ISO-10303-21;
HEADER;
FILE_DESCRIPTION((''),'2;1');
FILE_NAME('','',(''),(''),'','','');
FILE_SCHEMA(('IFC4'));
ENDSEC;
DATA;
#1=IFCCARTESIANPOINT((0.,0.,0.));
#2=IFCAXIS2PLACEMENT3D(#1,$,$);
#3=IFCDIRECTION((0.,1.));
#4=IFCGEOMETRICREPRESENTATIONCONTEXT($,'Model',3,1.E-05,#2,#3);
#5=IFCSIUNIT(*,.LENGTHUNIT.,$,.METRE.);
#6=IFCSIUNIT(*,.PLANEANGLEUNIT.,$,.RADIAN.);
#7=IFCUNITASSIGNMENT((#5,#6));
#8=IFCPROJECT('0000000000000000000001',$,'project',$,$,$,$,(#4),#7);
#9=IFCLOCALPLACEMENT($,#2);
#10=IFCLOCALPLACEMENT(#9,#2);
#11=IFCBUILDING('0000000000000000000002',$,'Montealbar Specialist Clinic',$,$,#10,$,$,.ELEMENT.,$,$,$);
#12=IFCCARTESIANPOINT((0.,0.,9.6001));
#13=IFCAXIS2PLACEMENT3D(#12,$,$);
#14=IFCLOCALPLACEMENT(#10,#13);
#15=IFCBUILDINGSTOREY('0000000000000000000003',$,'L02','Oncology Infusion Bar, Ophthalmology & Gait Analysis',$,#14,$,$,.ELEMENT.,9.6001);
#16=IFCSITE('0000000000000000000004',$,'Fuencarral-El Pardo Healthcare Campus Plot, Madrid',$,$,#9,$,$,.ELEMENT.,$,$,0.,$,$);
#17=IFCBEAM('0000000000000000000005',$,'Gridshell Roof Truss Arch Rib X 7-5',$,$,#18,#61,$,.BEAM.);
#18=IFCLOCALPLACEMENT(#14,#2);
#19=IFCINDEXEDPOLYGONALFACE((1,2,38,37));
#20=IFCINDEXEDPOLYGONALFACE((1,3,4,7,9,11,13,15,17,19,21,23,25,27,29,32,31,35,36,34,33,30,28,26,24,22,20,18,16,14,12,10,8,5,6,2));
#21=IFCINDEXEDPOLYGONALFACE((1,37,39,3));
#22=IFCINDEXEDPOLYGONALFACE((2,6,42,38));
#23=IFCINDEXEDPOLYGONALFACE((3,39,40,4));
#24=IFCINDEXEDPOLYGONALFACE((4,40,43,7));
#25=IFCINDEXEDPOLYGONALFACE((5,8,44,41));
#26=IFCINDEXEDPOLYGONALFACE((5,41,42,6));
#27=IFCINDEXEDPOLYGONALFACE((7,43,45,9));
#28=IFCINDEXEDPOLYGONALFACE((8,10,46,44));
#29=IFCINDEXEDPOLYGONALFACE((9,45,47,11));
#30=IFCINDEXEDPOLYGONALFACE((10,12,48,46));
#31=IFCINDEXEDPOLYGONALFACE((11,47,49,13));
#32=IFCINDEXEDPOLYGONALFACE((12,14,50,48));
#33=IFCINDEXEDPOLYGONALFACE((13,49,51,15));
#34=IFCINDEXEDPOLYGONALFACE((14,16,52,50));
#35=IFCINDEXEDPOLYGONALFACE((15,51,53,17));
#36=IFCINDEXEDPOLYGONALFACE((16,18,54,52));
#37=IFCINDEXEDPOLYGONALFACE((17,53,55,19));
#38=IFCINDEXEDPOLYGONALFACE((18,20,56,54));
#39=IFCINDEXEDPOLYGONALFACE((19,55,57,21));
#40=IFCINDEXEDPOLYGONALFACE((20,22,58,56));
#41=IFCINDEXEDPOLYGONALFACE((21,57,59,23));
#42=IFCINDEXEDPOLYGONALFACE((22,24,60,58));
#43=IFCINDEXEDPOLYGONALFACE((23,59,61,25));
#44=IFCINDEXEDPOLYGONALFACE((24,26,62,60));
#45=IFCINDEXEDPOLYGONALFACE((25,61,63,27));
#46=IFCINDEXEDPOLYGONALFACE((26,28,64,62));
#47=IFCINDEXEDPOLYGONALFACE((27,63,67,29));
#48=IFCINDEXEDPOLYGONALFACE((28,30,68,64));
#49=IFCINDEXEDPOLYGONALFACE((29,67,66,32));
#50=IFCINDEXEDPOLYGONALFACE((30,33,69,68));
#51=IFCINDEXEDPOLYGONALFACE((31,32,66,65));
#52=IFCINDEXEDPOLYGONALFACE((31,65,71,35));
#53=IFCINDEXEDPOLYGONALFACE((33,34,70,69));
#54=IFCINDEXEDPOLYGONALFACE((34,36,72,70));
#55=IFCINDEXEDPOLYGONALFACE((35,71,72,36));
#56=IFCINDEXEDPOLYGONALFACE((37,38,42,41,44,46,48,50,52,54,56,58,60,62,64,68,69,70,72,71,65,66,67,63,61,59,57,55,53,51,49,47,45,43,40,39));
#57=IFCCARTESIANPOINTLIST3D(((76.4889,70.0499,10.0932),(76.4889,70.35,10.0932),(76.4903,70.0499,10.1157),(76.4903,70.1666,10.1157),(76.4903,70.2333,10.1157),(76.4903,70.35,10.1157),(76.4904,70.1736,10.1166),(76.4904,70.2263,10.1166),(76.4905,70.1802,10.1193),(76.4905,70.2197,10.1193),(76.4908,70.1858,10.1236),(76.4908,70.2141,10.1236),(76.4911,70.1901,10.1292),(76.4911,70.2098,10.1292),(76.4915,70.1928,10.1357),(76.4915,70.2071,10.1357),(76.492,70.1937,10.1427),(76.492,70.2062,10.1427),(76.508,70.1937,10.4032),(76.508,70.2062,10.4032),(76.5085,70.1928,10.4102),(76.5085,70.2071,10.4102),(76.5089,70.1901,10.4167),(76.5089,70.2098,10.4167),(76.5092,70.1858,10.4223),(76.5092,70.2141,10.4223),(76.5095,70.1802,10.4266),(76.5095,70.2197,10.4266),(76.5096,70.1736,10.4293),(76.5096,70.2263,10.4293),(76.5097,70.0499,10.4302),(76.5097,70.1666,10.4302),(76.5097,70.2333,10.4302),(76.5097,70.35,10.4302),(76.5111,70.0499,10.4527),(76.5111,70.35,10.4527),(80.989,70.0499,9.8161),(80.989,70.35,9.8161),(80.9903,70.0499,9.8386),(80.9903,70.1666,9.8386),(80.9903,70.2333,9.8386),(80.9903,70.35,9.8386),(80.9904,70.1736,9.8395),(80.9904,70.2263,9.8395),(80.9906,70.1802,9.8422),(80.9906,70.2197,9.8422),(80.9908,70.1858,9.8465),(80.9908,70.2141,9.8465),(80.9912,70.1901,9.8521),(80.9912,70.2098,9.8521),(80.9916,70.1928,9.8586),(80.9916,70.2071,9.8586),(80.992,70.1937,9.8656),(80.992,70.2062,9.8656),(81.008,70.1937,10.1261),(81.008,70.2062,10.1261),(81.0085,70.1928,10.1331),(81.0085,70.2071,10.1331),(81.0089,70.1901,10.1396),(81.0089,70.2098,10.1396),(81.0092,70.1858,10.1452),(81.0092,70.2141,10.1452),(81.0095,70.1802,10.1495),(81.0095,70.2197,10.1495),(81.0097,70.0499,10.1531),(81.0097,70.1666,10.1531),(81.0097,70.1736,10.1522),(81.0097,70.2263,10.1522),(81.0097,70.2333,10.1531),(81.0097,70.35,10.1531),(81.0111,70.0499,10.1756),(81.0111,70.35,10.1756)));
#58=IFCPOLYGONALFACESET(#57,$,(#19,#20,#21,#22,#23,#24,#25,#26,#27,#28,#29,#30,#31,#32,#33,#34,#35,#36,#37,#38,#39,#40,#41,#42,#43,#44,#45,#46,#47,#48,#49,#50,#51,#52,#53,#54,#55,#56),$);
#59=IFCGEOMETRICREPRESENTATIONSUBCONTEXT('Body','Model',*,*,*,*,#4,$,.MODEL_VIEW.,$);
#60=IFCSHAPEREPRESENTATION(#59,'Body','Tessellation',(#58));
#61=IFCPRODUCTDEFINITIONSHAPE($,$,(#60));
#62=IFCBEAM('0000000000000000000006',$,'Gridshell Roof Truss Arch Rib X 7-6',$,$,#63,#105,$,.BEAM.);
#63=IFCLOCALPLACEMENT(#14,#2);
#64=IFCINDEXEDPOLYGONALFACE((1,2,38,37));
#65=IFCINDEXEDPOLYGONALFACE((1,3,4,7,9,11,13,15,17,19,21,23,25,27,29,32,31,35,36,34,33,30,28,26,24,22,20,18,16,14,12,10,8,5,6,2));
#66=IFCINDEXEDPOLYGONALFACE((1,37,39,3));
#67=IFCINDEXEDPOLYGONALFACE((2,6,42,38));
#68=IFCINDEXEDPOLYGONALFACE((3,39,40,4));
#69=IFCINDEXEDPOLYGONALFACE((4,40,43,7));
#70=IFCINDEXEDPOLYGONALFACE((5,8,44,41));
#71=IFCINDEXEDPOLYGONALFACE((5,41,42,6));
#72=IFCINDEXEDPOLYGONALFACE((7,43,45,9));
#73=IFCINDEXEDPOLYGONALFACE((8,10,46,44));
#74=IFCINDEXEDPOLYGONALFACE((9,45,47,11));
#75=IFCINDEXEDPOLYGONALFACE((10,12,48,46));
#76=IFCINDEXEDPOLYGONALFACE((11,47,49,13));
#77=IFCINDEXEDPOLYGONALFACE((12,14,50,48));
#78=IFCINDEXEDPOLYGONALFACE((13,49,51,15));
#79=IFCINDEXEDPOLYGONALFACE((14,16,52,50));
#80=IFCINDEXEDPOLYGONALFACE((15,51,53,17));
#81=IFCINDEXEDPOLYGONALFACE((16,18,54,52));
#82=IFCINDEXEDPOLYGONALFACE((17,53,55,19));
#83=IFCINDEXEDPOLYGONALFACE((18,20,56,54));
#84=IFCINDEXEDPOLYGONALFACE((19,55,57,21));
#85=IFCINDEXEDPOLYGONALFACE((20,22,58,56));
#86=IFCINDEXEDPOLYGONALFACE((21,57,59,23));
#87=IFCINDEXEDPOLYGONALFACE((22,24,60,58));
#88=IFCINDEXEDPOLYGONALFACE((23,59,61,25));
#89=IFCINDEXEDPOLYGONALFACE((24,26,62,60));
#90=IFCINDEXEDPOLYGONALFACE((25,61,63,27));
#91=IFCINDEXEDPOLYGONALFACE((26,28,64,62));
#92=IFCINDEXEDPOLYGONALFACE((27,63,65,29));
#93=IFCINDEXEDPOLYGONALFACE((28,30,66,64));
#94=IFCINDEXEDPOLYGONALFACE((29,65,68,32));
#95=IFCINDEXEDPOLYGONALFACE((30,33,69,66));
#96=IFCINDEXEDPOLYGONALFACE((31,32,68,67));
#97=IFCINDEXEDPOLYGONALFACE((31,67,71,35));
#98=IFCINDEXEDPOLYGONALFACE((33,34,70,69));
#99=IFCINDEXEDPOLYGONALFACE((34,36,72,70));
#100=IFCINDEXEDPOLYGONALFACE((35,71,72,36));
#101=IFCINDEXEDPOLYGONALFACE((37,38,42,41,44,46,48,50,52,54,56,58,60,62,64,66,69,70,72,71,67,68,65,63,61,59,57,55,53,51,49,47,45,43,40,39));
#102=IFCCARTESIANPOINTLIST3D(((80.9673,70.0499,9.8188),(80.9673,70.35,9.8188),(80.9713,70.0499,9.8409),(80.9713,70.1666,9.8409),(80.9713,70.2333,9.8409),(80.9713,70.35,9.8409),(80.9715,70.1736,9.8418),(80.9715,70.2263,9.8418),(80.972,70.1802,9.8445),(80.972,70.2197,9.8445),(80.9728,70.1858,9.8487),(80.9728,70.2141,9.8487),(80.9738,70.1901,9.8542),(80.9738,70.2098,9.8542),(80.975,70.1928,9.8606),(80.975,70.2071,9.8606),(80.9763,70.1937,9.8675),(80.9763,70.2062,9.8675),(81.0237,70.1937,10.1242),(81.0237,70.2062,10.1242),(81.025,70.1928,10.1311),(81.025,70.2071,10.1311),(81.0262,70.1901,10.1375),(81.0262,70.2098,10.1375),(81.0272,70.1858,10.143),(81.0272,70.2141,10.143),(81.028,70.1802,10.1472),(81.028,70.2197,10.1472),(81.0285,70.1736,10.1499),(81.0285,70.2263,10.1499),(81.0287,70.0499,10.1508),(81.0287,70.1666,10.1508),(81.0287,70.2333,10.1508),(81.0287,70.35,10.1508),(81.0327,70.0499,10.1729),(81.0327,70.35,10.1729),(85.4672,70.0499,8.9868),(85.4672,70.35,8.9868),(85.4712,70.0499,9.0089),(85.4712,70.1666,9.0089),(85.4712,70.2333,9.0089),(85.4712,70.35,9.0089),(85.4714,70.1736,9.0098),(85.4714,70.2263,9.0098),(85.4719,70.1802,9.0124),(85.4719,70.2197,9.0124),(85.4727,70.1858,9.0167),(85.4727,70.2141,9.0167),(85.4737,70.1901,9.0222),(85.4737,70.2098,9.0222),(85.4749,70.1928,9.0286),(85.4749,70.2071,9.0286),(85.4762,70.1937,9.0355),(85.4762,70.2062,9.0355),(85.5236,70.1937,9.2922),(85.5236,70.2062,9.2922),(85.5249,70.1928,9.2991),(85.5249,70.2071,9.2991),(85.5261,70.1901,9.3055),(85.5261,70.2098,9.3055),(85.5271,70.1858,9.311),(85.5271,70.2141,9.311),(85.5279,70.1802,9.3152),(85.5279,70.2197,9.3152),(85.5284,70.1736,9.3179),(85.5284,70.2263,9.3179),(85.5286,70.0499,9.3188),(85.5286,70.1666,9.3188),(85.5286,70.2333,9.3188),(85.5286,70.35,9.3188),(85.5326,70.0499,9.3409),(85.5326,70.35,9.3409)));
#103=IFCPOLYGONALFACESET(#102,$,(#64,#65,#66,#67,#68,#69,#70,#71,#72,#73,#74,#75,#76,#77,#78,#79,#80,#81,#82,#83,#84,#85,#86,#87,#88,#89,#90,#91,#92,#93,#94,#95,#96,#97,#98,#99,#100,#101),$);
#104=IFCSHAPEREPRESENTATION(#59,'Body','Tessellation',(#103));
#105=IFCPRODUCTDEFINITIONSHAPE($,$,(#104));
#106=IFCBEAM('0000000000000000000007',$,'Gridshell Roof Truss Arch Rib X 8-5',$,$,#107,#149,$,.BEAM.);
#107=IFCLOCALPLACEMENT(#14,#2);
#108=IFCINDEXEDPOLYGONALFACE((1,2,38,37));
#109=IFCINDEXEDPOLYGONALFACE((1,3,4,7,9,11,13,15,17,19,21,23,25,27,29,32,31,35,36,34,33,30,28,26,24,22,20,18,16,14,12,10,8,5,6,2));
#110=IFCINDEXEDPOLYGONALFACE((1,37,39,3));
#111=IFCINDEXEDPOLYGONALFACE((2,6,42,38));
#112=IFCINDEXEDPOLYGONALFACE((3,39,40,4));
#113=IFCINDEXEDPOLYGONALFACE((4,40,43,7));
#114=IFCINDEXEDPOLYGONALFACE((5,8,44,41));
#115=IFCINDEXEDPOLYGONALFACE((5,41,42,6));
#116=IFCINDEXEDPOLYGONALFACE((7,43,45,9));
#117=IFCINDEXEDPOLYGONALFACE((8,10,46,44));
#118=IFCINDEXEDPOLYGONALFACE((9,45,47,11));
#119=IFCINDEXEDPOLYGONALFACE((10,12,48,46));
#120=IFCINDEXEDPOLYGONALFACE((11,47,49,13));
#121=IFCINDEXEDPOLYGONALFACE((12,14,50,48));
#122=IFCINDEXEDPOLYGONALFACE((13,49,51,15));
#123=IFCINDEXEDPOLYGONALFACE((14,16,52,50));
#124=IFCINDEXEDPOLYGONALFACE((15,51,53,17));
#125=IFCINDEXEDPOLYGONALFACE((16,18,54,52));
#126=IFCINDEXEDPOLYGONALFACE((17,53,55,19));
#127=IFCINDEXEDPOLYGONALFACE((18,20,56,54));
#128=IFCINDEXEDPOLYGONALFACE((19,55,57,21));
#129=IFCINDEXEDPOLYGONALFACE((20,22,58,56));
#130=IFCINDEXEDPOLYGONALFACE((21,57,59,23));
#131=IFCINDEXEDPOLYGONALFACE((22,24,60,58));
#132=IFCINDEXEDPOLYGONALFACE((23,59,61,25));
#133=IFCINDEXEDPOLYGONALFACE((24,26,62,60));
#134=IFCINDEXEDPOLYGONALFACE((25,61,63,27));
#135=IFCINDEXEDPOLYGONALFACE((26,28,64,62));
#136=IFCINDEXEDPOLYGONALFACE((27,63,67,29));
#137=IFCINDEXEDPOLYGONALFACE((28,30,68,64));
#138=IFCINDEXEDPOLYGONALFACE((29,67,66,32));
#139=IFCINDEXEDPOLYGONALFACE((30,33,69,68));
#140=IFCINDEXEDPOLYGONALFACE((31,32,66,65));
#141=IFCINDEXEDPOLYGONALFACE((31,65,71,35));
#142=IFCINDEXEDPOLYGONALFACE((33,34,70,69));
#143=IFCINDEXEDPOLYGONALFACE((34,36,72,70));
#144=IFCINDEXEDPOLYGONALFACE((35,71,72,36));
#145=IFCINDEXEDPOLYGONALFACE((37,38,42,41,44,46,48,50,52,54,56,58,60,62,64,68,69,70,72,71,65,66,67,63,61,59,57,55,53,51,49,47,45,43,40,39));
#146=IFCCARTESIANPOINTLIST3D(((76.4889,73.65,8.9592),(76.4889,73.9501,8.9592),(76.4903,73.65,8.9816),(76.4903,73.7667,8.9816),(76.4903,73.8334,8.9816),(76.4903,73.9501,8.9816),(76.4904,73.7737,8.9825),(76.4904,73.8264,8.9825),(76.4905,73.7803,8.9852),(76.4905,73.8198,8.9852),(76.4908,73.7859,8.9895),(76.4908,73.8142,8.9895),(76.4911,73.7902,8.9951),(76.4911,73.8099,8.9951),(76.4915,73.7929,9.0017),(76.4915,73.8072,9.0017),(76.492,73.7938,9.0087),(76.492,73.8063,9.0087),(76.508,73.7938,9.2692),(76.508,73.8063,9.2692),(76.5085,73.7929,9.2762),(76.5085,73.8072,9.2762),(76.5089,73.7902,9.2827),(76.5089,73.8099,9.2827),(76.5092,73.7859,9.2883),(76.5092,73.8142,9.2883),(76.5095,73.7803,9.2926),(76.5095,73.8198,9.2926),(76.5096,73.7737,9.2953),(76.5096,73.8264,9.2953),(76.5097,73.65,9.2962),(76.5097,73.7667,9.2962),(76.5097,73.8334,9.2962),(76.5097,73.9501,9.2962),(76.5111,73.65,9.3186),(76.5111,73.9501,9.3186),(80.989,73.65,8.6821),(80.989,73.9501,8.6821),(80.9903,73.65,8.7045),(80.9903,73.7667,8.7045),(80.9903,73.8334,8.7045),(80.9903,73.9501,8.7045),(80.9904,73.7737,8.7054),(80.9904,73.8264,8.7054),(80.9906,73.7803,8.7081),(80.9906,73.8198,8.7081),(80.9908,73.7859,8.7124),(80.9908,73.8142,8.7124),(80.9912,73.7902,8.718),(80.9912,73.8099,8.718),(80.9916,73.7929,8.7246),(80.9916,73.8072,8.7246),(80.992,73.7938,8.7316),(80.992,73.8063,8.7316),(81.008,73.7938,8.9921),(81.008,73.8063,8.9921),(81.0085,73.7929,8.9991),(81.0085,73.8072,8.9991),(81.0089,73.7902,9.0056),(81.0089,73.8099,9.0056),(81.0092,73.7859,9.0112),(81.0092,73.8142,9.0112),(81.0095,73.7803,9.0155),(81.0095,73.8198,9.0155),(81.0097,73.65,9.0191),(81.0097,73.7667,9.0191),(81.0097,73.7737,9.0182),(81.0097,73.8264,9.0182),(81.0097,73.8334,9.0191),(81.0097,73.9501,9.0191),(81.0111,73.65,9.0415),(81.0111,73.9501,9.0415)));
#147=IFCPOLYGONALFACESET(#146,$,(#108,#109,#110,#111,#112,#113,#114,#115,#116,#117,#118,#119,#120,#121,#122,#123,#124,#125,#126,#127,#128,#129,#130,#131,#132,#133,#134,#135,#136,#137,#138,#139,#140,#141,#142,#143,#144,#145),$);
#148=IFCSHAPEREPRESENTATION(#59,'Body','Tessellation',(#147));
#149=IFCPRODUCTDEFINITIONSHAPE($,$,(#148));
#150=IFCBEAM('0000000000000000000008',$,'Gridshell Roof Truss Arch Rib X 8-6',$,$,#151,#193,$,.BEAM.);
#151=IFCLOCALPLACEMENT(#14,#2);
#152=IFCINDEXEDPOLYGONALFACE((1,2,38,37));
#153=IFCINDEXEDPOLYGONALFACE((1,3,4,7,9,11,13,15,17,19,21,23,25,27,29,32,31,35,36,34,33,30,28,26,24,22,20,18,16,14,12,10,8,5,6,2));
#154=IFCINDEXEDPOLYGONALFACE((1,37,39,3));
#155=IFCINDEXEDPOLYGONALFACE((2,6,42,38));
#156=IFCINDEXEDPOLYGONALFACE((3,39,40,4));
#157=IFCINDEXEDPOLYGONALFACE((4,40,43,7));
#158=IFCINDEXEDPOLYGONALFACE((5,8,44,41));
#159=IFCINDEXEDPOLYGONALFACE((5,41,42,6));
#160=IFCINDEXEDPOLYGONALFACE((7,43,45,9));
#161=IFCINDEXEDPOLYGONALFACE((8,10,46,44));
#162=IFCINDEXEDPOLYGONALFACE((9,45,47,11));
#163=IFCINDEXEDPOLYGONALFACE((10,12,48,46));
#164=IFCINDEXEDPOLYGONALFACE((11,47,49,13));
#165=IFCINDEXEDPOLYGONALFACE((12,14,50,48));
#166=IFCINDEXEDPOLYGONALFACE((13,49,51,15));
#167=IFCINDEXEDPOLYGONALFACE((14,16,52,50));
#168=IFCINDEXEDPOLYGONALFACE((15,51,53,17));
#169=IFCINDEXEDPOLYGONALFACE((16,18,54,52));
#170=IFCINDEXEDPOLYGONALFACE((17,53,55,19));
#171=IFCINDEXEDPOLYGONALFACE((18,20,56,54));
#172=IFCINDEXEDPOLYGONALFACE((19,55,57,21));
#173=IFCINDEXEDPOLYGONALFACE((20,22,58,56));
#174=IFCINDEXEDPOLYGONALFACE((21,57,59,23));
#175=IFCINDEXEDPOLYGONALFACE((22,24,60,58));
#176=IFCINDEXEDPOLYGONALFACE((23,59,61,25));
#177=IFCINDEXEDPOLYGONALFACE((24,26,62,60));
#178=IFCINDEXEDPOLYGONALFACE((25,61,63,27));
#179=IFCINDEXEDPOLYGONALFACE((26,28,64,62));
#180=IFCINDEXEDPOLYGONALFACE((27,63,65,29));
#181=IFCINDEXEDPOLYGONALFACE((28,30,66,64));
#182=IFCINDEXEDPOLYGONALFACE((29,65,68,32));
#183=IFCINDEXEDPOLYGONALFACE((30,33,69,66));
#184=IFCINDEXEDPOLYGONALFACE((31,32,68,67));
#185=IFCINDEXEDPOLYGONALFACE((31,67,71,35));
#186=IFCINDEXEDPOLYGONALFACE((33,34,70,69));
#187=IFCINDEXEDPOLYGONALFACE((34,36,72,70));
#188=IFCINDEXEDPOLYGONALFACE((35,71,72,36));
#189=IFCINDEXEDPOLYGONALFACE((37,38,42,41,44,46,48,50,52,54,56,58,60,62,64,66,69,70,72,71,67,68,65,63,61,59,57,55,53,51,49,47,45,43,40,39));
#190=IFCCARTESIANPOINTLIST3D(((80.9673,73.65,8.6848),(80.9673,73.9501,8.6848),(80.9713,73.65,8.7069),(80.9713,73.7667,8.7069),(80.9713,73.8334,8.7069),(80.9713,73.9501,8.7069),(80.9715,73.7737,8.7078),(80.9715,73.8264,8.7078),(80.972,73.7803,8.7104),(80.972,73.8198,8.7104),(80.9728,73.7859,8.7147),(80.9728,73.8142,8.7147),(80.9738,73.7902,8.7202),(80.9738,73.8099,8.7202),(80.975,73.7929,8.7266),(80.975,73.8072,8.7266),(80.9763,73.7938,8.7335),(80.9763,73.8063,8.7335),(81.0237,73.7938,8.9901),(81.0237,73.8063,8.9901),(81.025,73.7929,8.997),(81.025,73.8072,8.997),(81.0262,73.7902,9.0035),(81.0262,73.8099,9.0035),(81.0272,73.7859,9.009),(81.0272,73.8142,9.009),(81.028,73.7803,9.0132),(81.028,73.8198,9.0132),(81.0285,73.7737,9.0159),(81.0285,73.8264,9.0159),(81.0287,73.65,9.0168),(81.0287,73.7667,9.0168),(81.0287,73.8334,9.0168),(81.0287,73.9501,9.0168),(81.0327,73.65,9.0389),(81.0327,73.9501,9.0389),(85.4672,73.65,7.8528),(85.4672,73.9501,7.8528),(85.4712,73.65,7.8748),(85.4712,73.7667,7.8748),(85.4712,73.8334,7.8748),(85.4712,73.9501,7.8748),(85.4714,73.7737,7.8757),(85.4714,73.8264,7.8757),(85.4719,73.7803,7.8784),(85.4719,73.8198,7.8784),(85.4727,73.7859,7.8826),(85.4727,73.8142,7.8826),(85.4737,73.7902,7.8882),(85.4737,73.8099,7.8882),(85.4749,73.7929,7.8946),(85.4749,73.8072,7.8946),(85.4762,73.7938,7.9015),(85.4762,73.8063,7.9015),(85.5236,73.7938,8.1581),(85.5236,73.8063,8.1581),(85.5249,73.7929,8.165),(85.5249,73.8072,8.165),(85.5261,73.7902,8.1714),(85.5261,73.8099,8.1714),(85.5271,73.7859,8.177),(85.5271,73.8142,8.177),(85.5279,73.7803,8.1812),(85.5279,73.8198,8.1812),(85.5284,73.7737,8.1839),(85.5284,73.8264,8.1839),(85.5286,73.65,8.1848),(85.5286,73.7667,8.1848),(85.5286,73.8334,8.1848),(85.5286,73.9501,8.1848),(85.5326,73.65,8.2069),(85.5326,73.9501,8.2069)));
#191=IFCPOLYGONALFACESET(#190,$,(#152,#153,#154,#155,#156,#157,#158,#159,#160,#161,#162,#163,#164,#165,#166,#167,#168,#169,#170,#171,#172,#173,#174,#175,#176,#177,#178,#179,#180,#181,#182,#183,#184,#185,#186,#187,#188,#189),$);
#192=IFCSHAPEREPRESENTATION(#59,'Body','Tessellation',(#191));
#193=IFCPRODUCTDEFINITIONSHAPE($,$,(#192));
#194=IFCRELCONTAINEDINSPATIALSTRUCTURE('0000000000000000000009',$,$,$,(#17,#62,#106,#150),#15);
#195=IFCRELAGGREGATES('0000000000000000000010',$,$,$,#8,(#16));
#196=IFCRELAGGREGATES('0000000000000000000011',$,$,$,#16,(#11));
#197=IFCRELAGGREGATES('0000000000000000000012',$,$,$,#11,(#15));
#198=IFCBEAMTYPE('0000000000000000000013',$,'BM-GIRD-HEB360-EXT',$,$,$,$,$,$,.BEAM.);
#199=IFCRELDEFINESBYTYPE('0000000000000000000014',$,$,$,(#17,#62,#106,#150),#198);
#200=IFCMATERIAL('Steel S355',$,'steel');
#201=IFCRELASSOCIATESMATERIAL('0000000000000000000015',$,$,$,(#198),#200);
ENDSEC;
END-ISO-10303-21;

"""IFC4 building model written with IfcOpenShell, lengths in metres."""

from ifc_helpers import new_model, si_unit, direction, frame, origin, origin_2d, place, context, subcontext, project, spatial, i_section, extrude, material, material_profile, profile_set, type_object, element, save


model = new_model("IFC4")

# Units and contexts
model_context = context("Model", 3, precision=1e-05, world=origin(), true_north=direction((0.0, 1.0)))
body_context = subcontext(model_context, "Body", "Model", "MODEL_VIEW")
ifc_project = project(units=[si_unit("LENGTHUNIT", "METRE"), si_unit("PLANEANGLEUNIT", "RADIAN")], contexts=[model_context])

# Site, building, storey
site_placement = place(None, origin())
site = spatial("IfcSite", under=ifc_project, at=site_placement, Name="Fuencarral-El Pardo Healthcare Campus Plot, Madrid", CompositionType="ELEMENT", RefElevation=0.0)
building_placement = place(site_placement, origin())
building = spatial("IfcBuilding", under=site, at=building_placement, Name="Montealbar Specialist Clinic", CompositionType="ELEMENT")
storey_placement = place(building_placement, frame((0.0, 0.0, 9.6001)))
storey = spatial("IfcBuildingStorey", under=building, at=storey_placement, Name="L02", Description="Oncology Infusion Bar, Ophthalmology & Gait Analysis", CompositionType="ELEMENT", Elevation=9.6001)

# Beams
ifc_material_1 = material(Name="Steel S355", Category="steel")
ifc_material_profile_1 = material_profile(ifc_material_1, i_section(OverallWidth=0.3, OverallDepth=0.3601, WebThickness=0.0125, FlangeThickness=0.0225, FilletRadius=0.0271, at=origin_2d()), Name="HEB 360", Category="steel")
ifc_profile_set_1 = profile_set([ifc_material_profile_1], Name="Steel S355")
beam_type_1 = type_object("IfcBeamType", Name="BM-GIRD-HEB360-EXT", PredefinedType="BEAM", material=ifc_profile_set_1)
beam_1_placement = place(storey_placement, frame((76.5, 70.2, 10.2729), z_axis=(0.998109, 0.0, -0.061461), x_axis=(0.0, 1.0, 0.0)))
element("IfcBeam", 1, at=beam_1_placement, inside=storey, type_object=beam_type_1, Name="Gridshell Roof Truss Arch Rib X 7-5", PredefinedType="BEAM", context=body_context, shape_type="SweptSolid", body=[
    extrude(i_section(OverallWidth=0.3, OverallDepth=0.3601, WebThickness=0.0125, FlangeThickness=0.0225, FilletRadius=0.0271, at=origin_2d()), origin(), (0.0, 0.0, 1.0), 4.5085),
])
beam_2_placement = place(storey_placement, frame((81.0, 70.2, 9.9958), z_axis=(0.983333, 0.0, -0.181814), x_axis=(0.0, 1.0, 0.0)))
element("IfcBeam", 2, at=beam_2_placement, inside=storey, type_object=beam_type_1, Name="Gridshell Roof Truss Arch Rib X 7-6", PredefinedType="BEAM", context=body_context, shape_type="SweptSolid", body=[
    extrude(i_section(OverallWidth=0.3, OverallDepth=0.3601, WebThickness=0.0125, FlangeThickness=0.0225, FilletRadius=0.0271, at=origin_2d()), origin(), (0.0, 0.0, 1.0), 4.5762),
])
beam_3_placement = place(storey_placement, frame((76.5, 73.8, 9.1389), z_axis=(0.998109, 0.0, -0.061461), x_axis=(0.0, 1.0, 0.0)))
element("IfcBeam", 3, at=beam_3_placement, inside=storey, type_object=beam_type_1, Name="Gridshell Roof Truss Arch Rib X 8-5", PredefinedType="BEAM", context=body_context, shape_type="SweptSolid", body=[
    extrude(i_section(OverallWidth=0.3, OverallDepth=0.3601, WebThickness=0.0125, FlangeThickness=0.0225, FilletRadius=0.0271, at=origin_2d()), origin(), (0.0, 0.0, 1.0), 4.5085),
])
beam_4_placement = place(storey_placement, frame((81.0, 73.8, 8.8618), z_axis=(0.983333, 0.0, -0.181814), x_axis=(0.0, 1.0, 0.0)))
element("IfcBeam", 4, at=beam_4_placement, inside=storey, type_object=beam_type_1, Name="Gridshell Roof Truss Arch Rib X 8-6", PredefinedType="BEAM", context=body_context, shape_type="SweptSolid", body=[
    extrude(i_section(OverallWidth=0.3, OverallDepth=0.3601, WebThickness=0.0125, FlangeThickness=0.0225, FilletRadius=0.0271, at=origin_2d()), origin(), (0.0, 0.0, 1.0), 4.5762),
])

save(model, "model.ifc")
